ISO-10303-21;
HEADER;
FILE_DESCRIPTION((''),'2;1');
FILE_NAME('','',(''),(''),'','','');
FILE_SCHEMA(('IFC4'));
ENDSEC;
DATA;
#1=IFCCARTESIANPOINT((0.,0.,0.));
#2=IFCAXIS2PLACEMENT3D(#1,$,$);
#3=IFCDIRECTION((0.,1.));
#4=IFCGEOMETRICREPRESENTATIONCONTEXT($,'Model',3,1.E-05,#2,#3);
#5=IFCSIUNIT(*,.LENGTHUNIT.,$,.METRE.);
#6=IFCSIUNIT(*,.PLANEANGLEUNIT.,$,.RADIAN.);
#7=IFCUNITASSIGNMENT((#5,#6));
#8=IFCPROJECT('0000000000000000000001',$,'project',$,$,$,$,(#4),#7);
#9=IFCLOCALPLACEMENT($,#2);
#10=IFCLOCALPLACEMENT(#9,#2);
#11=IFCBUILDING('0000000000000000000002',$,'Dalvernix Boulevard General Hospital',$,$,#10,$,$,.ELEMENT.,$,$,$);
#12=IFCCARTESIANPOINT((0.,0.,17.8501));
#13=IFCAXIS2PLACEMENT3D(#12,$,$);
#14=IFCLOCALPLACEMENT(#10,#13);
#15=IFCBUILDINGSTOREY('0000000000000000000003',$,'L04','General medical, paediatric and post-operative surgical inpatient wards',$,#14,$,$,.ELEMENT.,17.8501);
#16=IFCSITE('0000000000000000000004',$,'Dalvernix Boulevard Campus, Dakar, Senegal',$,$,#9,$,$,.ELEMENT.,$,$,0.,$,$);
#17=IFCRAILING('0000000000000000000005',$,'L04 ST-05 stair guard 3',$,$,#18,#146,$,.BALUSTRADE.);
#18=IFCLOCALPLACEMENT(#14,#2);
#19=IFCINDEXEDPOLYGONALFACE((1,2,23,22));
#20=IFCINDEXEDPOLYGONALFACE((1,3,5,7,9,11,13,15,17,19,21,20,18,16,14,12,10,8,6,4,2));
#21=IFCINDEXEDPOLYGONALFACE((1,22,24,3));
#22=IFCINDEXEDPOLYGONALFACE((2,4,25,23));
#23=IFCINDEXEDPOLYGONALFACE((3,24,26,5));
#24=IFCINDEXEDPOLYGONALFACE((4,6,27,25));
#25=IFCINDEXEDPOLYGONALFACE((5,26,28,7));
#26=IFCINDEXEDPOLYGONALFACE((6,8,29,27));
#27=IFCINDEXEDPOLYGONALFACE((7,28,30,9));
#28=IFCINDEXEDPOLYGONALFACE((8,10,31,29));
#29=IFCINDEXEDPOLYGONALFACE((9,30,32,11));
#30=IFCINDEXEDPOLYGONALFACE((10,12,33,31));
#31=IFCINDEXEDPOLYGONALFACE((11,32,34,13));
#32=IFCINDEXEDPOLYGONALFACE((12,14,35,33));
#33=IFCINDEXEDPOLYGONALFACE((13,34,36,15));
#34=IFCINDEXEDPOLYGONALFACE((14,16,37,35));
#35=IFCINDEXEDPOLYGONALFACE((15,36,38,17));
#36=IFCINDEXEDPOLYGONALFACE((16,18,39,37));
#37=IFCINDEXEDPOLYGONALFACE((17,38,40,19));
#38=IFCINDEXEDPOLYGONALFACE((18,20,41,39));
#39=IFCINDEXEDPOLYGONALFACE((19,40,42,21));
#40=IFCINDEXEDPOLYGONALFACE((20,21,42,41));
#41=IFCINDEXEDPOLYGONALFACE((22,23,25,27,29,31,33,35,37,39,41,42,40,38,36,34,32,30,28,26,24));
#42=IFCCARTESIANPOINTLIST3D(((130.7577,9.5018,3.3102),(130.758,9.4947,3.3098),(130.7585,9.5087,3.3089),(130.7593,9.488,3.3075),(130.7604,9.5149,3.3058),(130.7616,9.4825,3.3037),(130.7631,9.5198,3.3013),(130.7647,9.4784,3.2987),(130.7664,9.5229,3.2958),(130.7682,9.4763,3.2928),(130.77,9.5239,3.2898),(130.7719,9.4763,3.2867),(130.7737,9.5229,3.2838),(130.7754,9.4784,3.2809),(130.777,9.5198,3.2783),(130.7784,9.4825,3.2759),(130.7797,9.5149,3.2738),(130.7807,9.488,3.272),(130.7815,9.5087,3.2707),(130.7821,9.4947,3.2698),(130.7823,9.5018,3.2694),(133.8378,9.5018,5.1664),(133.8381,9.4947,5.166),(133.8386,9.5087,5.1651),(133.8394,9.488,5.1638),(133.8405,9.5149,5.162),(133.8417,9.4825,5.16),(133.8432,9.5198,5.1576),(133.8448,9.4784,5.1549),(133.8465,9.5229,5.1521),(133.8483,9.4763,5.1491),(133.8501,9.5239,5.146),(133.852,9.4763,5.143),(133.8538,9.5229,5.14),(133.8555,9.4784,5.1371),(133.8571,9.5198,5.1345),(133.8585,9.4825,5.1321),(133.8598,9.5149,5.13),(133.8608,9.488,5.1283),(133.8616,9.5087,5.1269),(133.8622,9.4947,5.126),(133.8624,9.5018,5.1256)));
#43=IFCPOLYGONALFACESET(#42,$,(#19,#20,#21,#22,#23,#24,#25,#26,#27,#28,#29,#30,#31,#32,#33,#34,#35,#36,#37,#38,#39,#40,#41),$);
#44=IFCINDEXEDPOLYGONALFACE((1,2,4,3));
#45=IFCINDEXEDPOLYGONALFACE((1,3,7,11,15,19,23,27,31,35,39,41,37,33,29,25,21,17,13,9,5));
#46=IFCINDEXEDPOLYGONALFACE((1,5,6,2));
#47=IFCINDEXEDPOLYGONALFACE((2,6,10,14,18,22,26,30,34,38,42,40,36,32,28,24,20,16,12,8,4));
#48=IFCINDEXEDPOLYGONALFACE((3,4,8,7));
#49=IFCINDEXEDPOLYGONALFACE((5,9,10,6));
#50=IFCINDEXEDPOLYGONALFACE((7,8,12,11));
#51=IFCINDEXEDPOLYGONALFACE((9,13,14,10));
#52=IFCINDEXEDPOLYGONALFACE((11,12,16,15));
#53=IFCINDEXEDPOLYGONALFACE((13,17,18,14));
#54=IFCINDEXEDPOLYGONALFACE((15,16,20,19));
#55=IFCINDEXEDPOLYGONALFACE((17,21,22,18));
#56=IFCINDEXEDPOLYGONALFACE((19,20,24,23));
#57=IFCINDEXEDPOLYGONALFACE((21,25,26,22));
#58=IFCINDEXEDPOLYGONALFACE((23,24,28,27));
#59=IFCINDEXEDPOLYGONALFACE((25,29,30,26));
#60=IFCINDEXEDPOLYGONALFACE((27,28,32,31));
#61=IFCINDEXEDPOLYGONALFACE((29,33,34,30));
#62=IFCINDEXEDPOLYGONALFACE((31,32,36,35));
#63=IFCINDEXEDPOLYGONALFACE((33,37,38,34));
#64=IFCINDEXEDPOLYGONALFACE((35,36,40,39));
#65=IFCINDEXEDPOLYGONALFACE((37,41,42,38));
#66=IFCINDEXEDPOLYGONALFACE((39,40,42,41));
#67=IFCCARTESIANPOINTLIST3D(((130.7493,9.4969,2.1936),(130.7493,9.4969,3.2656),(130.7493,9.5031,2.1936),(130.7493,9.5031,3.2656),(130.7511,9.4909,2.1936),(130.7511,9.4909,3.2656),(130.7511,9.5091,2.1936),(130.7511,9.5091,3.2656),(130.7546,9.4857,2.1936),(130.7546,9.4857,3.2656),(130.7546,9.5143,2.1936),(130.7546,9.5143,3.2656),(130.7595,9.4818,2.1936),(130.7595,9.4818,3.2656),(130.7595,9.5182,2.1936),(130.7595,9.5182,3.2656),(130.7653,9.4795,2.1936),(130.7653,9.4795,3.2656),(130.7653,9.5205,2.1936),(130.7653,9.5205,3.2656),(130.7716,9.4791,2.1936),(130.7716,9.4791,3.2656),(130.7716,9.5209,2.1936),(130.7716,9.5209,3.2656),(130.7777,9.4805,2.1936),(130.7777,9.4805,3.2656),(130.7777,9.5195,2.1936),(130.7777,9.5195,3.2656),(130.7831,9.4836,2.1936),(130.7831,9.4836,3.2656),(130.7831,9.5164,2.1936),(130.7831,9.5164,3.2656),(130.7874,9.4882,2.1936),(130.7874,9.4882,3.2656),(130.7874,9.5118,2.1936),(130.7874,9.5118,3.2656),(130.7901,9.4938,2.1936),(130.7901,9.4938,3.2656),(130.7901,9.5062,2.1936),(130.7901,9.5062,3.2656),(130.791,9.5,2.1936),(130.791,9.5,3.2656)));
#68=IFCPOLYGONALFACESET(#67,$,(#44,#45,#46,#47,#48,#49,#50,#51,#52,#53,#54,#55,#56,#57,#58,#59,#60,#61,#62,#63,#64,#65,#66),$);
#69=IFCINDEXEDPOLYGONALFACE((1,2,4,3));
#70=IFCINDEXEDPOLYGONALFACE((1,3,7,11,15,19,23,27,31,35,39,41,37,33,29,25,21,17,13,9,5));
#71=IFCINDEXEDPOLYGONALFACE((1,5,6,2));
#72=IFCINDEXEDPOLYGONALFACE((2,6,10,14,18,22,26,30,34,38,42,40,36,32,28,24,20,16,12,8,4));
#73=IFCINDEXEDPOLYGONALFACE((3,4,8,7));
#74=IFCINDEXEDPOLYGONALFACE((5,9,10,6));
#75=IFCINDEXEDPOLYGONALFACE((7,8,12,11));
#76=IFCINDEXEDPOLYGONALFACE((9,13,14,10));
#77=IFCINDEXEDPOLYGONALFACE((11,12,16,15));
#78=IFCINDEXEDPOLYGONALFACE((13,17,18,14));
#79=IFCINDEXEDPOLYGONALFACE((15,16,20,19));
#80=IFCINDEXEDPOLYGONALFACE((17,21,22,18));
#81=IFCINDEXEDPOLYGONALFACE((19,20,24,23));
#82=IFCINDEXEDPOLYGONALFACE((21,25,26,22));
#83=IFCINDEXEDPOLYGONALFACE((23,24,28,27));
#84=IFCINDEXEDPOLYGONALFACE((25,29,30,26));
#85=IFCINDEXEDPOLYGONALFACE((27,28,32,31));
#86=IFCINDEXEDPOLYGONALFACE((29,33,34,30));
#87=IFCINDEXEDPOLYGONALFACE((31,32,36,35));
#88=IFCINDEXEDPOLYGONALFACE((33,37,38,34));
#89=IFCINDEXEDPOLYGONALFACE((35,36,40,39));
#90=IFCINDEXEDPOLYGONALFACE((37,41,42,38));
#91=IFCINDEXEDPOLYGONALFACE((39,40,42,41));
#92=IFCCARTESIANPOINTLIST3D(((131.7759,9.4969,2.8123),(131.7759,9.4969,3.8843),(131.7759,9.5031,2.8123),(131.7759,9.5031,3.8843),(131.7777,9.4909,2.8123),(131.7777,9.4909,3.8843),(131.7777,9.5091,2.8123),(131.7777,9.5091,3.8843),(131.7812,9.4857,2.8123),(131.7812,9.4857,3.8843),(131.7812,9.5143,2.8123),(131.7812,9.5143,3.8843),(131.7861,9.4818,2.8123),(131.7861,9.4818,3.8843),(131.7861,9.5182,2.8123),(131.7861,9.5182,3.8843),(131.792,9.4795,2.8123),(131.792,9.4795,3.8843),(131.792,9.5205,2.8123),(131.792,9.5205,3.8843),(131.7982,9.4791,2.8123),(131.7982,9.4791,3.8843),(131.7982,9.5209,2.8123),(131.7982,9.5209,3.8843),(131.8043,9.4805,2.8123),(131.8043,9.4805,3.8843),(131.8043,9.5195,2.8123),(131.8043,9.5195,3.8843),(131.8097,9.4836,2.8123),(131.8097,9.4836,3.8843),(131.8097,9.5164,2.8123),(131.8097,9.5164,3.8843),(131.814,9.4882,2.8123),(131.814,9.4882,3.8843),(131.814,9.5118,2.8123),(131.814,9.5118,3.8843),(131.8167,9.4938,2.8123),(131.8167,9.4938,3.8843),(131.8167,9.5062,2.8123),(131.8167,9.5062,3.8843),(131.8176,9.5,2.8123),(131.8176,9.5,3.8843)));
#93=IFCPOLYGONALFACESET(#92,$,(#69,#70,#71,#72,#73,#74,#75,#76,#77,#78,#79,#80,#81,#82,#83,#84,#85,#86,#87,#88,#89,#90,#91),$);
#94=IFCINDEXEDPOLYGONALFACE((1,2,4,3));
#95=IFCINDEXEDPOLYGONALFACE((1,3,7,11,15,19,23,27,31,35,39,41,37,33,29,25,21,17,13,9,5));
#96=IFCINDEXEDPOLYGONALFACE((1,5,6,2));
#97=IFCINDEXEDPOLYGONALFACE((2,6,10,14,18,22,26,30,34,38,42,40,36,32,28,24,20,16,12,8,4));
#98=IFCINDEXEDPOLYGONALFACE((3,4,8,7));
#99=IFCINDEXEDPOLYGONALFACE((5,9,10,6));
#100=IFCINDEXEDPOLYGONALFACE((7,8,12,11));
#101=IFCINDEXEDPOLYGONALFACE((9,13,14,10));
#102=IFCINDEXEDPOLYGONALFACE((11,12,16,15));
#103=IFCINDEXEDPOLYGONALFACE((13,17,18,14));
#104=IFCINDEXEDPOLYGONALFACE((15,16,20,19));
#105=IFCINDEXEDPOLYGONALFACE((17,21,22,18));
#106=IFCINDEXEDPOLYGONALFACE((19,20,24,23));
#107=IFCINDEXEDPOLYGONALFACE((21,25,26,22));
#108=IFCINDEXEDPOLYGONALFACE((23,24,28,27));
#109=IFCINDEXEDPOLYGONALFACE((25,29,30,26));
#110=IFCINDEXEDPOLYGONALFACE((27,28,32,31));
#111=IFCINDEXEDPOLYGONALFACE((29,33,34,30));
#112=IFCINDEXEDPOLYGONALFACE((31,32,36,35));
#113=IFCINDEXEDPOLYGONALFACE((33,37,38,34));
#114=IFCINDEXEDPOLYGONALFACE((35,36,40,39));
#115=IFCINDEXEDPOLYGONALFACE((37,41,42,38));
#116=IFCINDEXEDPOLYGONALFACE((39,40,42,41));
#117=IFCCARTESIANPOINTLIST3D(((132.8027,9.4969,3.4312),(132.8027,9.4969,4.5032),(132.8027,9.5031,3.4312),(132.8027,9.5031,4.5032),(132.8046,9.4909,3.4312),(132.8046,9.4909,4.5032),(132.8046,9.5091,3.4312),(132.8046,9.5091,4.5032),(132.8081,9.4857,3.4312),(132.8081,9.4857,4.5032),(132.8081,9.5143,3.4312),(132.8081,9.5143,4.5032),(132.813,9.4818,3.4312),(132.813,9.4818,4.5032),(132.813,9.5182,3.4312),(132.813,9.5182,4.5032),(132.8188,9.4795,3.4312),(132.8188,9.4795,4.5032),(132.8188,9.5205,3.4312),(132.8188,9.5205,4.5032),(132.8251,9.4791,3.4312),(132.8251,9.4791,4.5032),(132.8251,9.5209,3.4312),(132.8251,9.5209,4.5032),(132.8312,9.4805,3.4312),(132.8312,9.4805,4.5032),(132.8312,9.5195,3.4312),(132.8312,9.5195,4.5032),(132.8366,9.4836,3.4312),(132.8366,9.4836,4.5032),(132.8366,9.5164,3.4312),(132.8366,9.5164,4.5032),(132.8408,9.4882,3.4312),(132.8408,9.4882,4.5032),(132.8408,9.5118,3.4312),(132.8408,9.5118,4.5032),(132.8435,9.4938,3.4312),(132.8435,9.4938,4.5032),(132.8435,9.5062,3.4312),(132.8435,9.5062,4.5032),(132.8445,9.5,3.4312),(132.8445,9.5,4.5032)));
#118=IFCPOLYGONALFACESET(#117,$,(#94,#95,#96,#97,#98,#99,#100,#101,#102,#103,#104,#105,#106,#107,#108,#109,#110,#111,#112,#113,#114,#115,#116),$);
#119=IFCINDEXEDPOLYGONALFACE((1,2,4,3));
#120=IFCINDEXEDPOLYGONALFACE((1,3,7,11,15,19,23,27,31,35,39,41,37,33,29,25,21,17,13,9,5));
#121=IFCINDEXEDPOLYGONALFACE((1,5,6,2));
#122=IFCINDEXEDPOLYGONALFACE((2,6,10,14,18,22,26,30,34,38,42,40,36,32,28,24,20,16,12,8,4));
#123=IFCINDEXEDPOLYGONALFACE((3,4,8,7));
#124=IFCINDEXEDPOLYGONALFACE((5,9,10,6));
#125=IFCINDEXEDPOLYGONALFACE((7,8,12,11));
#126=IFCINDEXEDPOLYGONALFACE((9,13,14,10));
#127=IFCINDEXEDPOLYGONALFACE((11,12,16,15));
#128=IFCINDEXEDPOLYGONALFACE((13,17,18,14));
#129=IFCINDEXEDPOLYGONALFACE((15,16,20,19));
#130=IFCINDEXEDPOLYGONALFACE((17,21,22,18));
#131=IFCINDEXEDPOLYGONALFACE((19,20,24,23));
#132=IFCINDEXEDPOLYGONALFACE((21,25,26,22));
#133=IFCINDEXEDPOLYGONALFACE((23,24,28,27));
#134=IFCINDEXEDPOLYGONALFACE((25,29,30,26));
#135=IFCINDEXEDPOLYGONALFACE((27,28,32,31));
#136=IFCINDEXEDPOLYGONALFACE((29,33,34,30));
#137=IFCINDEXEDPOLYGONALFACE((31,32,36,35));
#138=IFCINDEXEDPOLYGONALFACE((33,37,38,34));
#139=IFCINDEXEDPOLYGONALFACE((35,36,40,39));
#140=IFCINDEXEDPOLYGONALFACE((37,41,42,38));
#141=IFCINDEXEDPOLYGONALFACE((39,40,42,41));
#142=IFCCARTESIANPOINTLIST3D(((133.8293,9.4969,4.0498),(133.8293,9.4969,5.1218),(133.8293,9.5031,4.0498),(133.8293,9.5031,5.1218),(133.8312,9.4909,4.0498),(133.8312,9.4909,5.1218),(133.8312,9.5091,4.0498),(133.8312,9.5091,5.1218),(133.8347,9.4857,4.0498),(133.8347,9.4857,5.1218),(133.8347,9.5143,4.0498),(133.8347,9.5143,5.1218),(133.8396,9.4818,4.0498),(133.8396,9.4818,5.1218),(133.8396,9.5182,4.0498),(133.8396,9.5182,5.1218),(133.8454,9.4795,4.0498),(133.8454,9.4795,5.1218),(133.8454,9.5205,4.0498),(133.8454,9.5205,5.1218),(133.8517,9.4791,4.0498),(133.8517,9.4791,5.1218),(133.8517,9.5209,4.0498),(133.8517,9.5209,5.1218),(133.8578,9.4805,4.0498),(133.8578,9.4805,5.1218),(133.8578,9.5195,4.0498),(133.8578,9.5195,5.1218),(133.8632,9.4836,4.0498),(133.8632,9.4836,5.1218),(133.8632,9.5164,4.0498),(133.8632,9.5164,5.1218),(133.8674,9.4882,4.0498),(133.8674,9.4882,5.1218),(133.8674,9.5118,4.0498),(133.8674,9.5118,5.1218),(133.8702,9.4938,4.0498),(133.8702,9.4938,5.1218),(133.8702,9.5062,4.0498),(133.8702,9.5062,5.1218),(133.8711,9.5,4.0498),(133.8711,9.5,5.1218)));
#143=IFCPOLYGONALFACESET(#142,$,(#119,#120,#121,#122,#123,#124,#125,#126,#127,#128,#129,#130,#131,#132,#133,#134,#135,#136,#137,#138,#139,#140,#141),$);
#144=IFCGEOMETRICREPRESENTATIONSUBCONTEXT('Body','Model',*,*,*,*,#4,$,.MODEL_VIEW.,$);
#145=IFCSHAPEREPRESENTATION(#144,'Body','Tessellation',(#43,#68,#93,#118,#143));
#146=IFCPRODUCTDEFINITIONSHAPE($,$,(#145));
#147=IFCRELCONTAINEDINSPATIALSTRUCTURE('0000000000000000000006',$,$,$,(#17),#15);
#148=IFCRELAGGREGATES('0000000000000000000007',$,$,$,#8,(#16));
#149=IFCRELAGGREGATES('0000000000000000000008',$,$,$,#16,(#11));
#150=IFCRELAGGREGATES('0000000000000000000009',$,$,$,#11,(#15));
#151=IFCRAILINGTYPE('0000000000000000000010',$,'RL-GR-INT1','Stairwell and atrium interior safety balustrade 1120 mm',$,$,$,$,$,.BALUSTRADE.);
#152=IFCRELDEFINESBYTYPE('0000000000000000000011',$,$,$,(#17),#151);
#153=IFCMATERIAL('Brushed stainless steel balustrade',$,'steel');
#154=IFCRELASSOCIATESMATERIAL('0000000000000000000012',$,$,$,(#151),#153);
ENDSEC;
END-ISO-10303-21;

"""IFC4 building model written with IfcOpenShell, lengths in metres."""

from ifc_helpers import new_model, si_unit, direction, frame, origin, origin_2d, place, context, subcontext, project, spatial, circle, extrude, material, type_object, element, save


model = new_model("IFC4")

# Units and contexts
model_context = context("Model", 3, precision=1e-05, world=origin(), true_north=direction((0.0, 1.0)))
body_context = subcontext(model_context, "Body", "Model", "MODEL_VIEW")
ifc_project = project(units=[si_unit("LENGTHUNIT", "METRE"), si_unit("PLANEANGLEUNIT", "RADIAN")], contexts=[model_context])

# Site, building, storey
site_placement = place(None, origin())
site = spatial("IfcSite", under=ifc_project, at=site_placement, Name="Dalvernix Boulevard Campus, Dakar, Senegal", CompositionType="ELEMENT", RefElevation=0.0)
building_placement = place(site_placement, origin())
building = spatial("IfcBuilding", under=site, at=building_placement, Name="Dalvernix Boulevard General Hospital", CompositionType="ELEMENT")
storey_placement = place(building_placement, frame((0.0, 0.0, 17.8501)))
storey = spatial("IfcBuildingStorey", under=building, at=storey_placement, Name="L04", Description="General medical, paediatric and post-operative surgical inpatient wards", CompositionType="ELEMENT", Elevation=17.8501)

# Railing
ifc_material_1 = material(Name="Brushed stainless steel balustrade", Category="steel")
railing_type_1 = type_object("IfcRailingType", Name="RL-GR-INT1", Description="Stairwell and atrium interior safety balustrade 1120 mm", PredefinedType="BALUSTRADE", material=ifc_material_1)
railing_1_placement = place(storey_placement, frame((130.77, 9.5, 2.1936)))
element("IfcRailing", 1, at=railing_1_placement, inside=storey, type_object=railing_type_1, Name="L04 ST-05 stair guard 3", PredefinedType="BALUSTRADE", context=body_context, shape_type="SweptSolid", body=[
    extrude(circle(Radius=0.0239, at=origin_2d()), frame((0.0, 0.0, 1.0962), z_axis=(0.856491, 0.0, 0.516162), x_axis=(0.0, 1.0, 0.0)), (0.0, 0.0, 1.0), 3.5962),
    extrude(circle(Radius=0.021, at=origin_2d()), origin(), (0.0, 0.0, 1.0), 1.072),
    extrude(circle(Radius=0.021, at=origin_2d()), frame((1.0266, 0.0, 0.6187)), (0.0, 0.0, 1.0), 1.072),
    extrude(circle(Radius=0.021, at=origin_2d()), frame((2.0535, 0.0, 1.2375)), (0.0, 0.0, 1.0), 1.072),
    extrude(circle(Radius=0.021, at=origin_2d()), frame((3.0801, 0.0, 1.8562)), (0.0, 0.0, 1.0), 1.072),
])

save(model, "model.ifc")
